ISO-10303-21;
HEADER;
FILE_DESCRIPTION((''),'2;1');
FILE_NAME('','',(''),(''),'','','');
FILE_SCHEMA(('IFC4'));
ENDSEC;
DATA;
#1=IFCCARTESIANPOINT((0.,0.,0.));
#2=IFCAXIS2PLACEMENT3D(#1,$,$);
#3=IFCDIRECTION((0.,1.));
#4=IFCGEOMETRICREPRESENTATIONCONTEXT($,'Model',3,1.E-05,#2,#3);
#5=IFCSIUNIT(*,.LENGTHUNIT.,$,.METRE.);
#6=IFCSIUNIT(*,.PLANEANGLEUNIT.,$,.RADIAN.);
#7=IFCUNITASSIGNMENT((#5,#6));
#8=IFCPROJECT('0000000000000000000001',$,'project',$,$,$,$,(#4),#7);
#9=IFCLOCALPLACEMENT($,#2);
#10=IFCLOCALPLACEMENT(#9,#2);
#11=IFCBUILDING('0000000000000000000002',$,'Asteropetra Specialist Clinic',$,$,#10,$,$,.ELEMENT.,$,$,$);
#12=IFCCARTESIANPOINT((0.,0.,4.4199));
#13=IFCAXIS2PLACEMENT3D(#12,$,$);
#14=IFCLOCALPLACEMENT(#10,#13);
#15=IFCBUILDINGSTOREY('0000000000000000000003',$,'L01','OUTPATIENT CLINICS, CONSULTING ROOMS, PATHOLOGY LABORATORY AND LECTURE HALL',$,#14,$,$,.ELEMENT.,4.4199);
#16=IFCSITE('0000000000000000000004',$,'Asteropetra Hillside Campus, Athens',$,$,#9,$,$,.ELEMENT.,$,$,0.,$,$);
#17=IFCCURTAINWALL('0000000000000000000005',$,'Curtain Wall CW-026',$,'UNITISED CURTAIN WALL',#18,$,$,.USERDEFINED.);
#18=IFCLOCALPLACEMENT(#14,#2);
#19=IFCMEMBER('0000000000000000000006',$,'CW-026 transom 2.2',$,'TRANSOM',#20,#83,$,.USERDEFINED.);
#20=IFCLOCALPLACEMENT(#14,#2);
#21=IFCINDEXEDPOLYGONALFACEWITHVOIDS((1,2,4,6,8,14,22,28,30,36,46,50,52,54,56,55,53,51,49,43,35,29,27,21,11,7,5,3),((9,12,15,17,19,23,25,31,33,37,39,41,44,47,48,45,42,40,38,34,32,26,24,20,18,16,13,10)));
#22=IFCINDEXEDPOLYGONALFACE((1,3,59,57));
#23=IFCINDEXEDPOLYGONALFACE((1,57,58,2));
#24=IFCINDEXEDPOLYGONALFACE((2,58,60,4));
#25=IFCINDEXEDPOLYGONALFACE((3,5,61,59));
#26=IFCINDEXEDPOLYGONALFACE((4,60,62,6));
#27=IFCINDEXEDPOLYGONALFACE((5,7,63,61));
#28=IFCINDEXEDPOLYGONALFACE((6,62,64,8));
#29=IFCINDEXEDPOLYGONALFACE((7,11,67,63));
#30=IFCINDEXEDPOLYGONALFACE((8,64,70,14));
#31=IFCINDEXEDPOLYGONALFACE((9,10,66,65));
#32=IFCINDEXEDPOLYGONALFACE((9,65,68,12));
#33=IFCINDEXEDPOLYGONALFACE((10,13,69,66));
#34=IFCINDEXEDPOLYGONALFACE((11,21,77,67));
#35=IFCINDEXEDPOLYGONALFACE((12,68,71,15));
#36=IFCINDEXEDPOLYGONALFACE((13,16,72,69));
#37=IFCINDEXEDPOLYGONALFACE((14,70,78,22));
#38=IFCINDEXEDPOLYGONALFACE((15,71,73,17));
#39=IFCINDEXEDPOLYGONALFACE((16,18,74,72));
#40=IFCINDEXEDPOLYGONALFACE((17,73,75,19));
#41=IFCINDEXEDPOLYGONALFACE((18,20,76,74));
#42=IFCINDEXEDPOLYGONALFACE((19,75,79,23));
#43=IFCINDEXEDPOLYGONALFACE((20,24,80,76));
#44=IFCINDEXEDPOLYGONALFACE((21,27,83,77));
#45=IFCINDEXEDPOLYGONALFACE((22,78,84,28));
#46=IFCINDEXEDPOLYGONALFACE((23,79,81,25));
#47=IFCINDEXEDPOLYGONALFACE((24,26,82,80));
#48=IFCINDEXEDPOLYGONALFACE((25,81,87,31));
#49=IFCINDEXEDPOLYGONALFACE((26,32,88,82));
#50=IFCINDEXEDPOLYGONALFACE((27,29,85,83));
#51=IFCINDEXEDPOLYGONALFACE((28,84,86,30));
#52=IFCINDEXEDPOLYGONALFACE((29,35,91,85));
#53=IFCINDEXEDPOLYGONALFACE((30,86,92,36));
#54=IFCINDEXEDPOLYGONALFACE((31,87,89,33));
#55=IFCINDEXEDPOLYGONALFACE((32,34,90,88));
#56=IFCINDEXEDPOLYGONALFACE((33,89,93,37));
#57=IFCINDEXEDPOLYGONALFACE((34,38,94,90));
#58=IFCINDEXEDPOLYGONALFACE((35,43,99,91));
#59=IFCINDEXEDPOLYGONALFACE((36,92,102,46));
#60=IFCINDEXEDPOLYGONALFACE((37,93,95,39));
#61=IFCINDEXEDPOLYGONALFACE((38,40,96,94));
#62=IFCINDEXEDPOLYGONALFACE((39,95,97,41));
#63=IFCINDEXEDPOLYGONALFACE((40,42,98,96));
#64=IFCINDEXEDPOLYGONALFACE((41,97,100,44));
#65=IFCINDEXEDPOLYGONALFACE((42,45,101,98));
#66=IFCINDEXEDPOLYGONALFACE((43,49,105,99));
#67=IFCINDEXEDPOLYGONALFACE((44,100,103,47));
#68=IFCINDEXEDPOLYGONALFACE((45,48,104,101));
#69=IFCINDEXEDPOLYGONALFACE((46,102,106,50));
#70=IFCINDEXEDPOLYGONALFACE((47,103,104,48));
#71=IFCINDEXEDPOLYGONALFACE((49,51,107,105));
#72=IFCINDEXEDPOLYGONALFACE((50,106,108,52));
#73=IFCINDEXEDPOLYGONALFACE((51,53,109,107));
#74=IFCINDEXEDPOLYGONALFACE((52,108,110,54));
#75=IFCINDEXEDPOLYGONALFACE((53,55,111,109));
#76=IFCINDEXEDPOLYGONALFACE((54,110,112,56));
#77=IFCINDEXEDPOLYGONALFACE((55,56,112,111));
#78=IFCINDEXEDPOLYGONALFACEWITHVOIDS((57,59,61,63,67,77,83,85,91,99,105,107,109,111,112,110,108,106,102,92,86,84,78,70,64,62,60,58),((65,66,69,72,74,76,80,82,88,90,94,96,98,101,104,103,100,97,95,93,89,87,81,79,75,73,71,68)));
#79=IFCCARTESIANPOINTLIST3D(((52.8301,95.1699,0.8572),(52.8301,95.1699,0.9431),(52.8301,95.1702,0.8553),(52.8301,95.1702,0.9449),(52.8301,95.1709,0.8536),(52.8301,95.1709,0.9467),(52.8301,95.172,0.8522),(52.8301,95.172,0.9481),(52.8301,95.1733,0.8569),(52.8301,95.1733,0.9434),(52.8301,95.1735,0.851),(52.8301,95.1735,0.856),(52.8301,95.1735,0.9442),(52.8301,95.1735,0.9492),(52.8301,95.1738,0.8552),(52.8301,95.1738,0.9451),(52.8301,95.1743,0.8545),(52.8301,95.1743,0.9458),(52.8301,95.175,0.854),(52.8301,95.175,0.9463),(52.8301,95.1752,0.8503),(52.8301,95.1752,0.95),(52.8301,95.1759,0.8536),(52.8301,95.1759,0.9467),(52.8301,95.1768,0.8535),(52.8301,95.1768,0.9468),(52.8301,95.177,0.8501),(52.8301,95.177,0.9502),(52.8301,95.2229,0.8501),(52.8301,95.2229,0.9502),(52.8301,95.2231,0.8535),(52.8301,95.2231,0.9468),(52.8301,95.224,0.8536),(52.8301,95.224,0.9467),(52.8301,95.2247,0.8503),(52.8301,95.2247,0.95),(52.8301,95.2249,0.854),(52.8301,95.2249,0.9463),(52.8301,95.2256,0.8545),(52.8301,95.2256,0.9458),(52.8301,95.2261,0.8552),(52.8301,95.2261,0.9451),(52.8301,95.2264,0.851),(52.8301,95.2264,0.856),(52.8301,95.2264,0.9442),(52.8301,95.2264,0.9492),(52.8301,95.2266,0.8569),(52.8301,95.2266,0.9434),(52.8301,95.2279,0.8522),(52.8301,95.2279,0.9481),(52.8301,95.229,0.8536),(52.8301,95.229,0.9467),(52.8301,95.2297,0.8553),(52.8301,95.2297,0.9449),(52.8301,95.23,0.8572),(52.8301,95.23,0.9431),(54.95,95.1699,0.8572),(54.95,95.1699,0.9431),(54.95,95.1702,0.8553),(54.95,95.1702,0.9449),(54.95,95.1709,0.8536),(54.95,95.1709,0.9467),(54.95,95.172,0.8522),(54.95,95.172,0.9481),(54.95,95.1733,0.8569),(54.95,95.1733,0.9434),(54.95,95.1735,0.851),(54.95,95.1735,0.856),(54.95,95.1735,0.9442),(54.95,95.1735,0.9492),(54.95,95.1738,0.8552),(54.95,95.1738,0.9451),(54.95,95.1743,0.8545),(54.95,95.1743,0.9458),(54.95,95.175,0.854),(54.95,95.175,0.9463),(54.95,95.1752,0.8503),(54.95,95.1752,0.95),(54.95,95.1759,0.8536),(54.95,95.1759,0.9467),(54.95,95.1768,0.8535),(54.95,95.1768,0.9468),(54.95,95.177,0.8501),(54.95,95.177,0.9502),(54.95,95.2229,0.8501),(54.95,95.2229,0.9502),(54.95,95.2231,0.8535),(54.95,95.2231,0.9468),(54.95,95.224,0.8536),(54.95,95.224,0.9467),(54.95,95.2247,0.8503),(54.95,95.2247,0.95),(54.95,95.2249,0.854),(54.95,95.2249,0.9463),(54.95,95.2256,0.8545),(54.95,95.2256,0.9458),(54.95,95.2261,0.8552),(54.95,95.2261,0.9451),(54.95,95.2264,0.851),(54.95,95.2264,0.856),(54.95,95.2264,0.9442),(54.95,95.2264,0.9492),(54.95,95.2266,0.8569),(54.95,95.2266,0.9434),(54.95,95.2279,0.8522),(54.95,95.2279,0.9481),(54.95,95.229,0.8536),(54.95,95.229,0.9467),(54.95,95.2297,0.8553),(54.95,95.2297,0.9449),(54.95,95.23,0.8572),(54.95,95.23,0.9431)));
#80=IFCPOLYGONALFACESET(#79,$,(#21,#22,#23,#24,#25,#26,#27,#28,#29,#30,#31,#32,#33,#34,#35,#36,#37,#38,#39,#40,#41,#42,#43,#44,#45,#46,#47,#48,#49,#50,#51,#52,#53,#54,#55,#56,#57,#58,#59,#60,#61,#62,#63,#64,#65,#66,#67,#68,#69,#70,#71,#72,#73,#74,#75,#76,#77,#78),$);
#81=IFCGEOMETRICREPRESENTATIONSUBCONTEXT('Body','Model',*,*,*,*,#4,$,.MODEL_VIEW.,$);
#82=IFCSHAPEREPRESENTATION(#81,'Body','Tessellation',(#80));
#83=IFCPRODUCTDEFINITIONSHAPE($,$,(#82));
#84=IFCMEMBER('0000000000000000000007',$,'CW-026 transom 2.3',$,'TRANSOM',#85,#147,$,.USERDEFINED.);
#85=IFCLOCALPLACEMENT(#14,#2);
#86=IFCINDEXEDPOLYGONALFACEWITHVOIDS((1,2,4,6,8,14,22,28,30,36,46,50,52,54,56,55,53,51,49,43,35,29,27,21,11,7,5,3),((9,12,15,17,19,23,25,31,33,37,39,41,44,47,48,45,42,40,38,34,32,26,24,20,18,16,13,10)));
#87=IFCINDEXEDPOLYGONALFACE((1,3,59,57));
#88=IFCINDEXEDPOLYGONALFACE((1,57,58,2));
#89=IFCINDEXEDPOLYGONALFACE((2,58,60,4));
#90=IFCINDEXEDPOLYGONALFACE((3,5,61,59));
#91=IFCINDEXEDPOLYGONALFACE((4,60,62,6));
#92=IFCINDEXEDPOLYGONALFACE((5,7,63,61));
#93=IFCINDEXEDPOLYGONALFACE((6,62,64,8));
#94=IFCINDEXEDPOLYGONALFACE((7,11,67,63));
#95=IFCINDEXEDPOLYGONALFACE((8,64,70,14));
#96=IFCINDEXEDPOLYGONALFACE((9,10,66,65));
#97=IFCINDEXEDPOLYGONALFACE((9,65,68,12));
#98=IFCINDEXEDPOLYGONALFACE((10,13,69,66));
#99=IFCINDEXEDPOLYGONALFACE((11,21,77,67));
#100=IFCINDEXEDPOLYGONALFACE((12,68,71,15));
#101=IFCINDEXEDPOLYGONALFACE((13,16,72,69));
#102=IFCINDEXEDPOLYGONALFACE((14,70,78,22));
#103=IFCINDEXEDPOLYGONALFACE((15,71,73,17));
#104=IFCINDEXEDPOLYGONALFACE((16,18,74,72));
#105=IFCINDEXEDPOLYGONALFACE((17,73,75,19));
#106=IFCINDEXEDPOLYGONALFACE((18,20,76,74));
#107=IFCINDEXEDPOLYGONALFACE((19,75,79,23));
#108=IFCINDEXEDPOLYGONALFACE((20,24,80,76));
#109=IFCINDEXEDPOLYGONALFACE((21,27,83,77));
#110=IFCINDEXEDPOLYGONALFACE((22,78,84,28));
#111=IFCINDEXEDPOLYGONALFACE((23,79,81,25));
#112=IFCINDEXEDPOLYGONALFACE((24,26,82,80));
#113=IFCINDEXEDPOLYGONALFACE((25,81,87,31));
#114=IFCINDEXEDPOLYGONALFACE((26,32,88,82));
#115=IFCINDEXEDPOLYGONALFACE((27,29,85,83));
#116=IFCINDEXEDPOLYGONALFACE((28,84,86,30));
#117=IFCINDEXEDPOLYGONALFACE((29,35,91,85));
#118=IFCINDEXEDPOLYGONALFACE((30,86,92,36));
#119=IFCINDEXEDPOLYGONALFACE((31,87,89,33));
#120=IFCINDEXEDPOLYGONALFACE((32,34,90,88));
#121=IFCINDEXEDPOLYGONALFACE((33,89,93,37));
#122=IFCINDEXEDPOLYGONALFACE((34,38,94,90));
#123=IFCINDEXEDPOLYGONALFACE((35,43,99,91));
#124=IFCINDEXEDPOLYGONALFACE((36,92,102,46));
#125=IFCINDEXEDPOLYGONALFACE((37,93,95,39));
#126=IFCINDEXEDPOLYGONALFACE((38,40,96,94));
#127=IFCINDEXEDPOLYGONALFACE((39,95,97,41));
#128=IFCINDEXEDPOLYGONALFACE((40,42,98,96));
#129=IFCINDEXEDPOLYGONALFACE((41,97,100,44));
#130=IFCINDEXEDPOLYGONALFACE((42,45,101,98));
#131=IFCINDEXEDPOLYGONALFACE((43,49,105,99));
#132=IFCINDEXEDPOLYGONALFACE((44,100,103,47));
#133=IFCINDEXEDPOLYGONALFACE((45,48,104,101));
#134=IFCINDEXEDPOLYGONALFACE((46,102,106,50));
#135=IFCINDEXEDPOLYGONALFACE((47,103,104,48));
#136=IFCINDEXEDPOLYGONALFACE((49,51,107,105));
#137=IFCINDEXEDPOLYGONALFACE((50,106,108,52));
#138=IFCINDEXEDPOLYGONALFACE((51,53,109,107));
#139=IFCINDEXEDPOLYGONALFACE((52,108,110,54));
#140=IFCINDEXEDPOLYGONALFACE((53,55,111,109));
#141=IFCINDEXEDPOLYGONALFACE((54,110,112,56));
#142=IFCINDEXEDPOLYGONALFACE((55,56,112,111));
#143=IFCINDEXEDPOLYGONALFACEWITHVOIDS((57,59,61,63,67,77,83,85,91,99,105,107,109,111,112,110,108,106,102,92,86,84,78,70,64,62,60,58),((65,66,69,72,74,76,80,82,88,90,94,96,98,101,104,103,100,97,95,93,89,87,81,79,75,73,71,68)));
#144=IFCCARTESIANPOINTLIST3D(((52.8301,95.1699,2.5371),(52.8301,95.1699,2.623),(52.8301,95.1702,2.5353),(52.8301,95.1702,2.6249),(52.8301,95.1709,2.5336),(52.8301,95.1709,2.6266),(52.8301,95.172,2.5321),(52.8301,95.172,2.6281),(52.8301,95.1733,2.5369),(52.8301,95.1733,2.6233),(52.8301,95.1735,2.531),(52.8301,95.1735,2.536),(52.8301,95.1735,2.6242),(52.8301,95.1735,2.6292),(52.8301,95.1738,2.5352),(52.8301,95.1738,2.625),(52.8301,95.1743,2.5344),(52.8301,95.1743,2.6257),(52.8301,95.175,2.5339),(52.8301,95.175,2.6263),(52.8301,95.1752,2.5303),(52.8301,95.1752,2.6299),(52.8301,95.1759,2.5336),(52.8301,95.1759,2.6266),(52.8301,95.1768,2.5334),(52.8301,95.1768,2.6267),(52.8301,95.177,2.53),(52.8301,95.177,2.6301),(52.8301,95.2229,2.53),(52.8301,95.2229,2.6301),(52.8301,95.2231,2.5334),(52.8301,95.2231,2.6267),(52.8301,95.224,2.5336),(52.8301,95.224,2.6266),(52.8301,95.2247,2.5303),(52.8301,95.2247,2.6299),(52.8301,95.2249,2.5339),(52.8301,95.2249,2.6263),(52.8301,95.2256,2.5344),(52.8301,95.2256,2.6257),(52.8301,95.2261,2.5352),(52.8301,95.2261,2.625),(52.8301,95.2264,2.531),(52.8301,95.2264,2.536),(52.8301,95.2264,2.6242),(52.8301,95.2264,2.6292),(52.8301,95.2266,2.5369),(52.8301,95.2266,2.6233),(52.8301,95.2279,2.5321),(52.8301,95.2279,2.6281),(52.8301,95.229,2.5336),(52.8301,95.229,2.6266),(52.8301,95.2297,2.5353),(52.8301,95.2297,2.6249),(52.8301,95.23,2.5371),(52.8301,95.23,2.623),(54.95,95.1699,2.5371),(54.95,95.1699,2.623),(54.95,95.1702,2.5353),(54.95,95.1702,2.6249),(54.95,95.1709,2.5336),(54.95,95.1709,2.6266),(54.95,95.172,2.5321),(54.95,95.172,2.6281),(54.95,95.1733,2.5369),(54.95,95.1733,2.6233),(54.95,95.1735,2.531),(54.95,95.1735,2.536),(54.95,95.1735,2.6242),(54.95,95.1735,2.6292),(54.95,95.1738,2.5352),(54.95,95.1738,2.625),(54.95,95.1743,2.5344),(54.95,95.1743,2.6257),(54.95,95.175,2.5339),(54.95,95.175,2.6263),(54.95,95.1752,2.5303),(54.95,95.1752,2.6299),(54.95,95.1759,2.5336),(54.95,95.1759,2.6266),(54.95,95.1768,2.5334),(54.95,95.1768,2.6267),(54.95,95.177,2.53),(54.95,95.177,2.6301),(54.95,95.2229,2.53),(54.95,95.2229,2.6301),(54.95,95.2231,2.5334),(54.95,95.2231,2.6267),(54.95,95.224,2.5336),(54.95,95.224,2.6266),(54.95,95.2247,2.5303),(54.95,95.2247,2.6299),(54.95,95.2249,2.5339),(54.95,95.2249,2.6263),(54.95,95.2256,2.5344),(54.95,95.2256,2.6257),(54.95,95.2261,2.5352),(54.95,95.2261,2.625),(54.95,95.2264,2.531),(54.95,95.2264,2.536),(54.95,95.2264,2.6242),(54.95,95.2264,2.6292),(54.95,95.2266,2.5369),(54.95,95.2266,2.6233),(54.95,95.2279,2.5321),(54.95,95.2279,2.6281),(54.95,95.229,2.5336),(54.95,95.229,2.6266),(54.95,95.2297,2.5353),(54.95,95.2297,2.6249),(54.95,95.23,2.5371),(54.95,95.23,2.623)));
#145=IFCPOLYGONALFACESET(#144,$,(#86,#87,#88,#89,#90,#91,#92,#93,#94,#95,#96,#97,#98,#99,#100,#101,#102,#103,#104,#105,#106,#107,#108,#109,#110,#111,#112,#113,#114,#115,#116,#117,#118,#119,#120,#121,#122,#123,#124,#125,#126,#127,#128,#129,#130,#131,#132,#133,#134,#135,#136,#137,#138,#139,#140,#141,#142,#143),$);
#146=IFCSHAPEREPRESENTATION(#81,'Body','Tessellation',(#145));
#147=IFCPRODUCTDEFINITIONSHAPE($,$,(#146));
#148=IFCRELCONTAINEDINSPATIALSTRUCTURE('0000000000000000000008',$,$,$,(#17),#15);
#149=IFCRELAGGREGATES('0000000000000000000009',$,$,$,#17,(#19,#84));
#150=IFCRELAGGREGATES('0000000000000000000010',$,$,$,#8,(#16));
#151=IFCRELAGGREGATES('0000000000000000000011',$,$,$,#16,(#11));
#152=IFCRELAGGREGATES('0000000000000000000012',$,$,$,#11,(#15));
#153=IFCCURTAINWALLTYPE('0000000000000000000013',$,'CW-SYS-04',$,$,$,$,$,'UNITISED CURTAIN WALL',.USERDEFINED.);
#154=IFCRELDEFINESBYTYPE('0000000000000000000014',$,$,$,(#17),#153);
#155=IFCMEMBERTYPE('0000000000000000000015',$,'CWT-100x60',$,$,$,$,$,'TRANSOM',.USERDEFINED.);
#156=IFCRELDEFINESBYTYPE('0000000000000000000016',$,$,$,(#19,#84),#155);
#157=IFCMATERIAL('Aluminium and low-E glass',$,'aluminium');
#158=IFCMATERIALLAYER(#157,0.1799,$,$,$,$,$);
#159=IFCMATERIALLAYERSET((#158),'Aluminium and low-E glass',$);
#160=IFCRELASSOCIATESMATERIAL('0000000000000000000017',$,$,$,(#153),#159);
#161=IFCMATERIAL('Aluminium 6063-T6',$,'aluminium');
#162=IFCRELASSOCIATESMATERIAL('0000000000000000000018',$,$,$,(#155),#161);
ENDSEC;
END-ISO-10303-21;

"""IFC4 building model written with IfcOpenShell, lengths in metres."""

from ifc_helpers import new_model, si_unit, direction, frame, origin, origin_2d, place, context, subcontext, project, spatial, hollow_rectangle, extrude, material, layer, layer_set, material_profile, profile_set, type_object, element, aggregate, save


model = new_model("IFC4")

# Units and contexts
model_context = context("Model", 3, precision=1e-05, world=origin(), true_north=direction((0.0, 1.0)))
body_context = subcontext(model_context, "Body", "Model", "MODEL_VIEW")
ifc_project = project(units=[si_unit("LENGTHUNIT", "METRE"), si_unit("PLANEANGLEUNIT", "RADIAN")], contexts=[model_context])

# Site, building, storey
site_placement = place(None, origin())
site = spatial("IfcSite", under=ifc_project, at=site_placement, Name="Asteropetra Hillside Campus, Athens", CompositionType="ELEMENT", RefElevation=0.0)
building_placement = place(site_placement, origin())
building = spatial("IfcBuilding", under=site, at=building_placement, Name="Asteropetra Specialist Clinic", CompositionType="ELEMENT")
storey_placement = place(building_placement, frame((0.0, 0.0, 4.4199)))
storey = spatial("IfcBuildingStorey", under=building, at=storey_placement, Name="L01", Description="OUTPATIENT CLINICS, CONSULTING ROOMS, PATHOLOGY LABORATORY AND LECTURE HALL", CompositionType="ELEMENT", Elevation=4.4199)

# Curtain wall
ifc_material_1 = material(Name="Aluminium and low-E glass", Category="aluminium")
ifc_layer_1 = layer(ifc_material_1, 0.1799)
ifc_layer_set_1 = layer_set([ifc_layer_1], Name="Aluminium and low-E glass")
curtain_wall_type_1 = type_object("IfcCurtainWallType", Name="CW-SYS-04", ElementType="UNITISED CURTAIN WALL", PredefinedType="USERDEFINED", material=ifc_layer_set_1)
curtain_wall_1_placement = place(storey_placement, origin())
curtain_wall_1 = element("IfcCurtainWall", 1, at=curtain_wall_1_placement, inside=storey, type_object=curtain_wall_type_1, Name="Curtain Wall CW-026", ObjectType="UNITISED CURTAIN WALL", PredefinedType="USERDEFINED")

# Members
ifc_material_2 = material(Name="Aluminium 6063-T6", Category="aluminium")
ifc_material_profile_1 = material_profile(ifc_material_2, hollow_rectangle(XDim=0.0601, YDim=0.1001, WallThickness=0.0034, InnerFilletRadius=0.0034, OuterFilletRadius=0.0071, at=origin_2d()), Name="TRN 100x60x3.5")
ifc_profile_set_1 = profile_set([ifc_material_profile_1], Name="Aluminium 6063-T6")
member_type_1 = type_object("IfcMemberType", Name="CWT-100x60", ElementType="TRANSOM", PredefinedType="USERDEFINED", material=ifc_profile_set_1)
member_1_placement = place(storey_placement, frame((54.95, 95.2, 0.9001), z_axis=(-1.0, 0.0, 0.0), x_axis=(0.0, -1.0, 0.0)))
member_1 = element("IfcMember", 2, at=member_1_placement, type_object=member_type_1, Name="CW-026 transom 2.2", ObjectType="TRANSOM", PredefinedType="USERDEFINED", context=body_context, shape_type="SweptSolid", body=[
    extrude(hollow_rectangle(XDim=0.0601, YDim=0.1001, WallThickness=0.0034, InnerFilletRadius=0.0034, OuterFilletRadius=0.0071, at=origin_2d()), origin(), (0.0, 0.0, 1.0), 2.1199),
])
member_2_placement = place(storey_placement, frame((54.95, 95.2, 2.5801), z_axis=(-1.0, 0.0, 0.0), x_axis=(0.0, -1.0, 0.0)))
member_2 = element("IfcMember", 3, at=member_2_placement, type_object=member_type_1, Name="CW-026 transom 2.3", ObjectType="TRANSOM", PredefinedType="USERDEFINED", context=body_context, shape_type="SweptSolid", body=[
    extrude(hollow_rectangle(XDim=0.0601, YDim=0.1001, WallThickness=0.0034, InnerFilletRadius=0.0034, OuterFilletRadius=0.0071, at=origin_2d()), origin(), (0.0, 0.0, 1.0), 2.1199),
])

aggregate(curtain_wall_1, [member_1, member_2])

save(model, "model.ifc")
